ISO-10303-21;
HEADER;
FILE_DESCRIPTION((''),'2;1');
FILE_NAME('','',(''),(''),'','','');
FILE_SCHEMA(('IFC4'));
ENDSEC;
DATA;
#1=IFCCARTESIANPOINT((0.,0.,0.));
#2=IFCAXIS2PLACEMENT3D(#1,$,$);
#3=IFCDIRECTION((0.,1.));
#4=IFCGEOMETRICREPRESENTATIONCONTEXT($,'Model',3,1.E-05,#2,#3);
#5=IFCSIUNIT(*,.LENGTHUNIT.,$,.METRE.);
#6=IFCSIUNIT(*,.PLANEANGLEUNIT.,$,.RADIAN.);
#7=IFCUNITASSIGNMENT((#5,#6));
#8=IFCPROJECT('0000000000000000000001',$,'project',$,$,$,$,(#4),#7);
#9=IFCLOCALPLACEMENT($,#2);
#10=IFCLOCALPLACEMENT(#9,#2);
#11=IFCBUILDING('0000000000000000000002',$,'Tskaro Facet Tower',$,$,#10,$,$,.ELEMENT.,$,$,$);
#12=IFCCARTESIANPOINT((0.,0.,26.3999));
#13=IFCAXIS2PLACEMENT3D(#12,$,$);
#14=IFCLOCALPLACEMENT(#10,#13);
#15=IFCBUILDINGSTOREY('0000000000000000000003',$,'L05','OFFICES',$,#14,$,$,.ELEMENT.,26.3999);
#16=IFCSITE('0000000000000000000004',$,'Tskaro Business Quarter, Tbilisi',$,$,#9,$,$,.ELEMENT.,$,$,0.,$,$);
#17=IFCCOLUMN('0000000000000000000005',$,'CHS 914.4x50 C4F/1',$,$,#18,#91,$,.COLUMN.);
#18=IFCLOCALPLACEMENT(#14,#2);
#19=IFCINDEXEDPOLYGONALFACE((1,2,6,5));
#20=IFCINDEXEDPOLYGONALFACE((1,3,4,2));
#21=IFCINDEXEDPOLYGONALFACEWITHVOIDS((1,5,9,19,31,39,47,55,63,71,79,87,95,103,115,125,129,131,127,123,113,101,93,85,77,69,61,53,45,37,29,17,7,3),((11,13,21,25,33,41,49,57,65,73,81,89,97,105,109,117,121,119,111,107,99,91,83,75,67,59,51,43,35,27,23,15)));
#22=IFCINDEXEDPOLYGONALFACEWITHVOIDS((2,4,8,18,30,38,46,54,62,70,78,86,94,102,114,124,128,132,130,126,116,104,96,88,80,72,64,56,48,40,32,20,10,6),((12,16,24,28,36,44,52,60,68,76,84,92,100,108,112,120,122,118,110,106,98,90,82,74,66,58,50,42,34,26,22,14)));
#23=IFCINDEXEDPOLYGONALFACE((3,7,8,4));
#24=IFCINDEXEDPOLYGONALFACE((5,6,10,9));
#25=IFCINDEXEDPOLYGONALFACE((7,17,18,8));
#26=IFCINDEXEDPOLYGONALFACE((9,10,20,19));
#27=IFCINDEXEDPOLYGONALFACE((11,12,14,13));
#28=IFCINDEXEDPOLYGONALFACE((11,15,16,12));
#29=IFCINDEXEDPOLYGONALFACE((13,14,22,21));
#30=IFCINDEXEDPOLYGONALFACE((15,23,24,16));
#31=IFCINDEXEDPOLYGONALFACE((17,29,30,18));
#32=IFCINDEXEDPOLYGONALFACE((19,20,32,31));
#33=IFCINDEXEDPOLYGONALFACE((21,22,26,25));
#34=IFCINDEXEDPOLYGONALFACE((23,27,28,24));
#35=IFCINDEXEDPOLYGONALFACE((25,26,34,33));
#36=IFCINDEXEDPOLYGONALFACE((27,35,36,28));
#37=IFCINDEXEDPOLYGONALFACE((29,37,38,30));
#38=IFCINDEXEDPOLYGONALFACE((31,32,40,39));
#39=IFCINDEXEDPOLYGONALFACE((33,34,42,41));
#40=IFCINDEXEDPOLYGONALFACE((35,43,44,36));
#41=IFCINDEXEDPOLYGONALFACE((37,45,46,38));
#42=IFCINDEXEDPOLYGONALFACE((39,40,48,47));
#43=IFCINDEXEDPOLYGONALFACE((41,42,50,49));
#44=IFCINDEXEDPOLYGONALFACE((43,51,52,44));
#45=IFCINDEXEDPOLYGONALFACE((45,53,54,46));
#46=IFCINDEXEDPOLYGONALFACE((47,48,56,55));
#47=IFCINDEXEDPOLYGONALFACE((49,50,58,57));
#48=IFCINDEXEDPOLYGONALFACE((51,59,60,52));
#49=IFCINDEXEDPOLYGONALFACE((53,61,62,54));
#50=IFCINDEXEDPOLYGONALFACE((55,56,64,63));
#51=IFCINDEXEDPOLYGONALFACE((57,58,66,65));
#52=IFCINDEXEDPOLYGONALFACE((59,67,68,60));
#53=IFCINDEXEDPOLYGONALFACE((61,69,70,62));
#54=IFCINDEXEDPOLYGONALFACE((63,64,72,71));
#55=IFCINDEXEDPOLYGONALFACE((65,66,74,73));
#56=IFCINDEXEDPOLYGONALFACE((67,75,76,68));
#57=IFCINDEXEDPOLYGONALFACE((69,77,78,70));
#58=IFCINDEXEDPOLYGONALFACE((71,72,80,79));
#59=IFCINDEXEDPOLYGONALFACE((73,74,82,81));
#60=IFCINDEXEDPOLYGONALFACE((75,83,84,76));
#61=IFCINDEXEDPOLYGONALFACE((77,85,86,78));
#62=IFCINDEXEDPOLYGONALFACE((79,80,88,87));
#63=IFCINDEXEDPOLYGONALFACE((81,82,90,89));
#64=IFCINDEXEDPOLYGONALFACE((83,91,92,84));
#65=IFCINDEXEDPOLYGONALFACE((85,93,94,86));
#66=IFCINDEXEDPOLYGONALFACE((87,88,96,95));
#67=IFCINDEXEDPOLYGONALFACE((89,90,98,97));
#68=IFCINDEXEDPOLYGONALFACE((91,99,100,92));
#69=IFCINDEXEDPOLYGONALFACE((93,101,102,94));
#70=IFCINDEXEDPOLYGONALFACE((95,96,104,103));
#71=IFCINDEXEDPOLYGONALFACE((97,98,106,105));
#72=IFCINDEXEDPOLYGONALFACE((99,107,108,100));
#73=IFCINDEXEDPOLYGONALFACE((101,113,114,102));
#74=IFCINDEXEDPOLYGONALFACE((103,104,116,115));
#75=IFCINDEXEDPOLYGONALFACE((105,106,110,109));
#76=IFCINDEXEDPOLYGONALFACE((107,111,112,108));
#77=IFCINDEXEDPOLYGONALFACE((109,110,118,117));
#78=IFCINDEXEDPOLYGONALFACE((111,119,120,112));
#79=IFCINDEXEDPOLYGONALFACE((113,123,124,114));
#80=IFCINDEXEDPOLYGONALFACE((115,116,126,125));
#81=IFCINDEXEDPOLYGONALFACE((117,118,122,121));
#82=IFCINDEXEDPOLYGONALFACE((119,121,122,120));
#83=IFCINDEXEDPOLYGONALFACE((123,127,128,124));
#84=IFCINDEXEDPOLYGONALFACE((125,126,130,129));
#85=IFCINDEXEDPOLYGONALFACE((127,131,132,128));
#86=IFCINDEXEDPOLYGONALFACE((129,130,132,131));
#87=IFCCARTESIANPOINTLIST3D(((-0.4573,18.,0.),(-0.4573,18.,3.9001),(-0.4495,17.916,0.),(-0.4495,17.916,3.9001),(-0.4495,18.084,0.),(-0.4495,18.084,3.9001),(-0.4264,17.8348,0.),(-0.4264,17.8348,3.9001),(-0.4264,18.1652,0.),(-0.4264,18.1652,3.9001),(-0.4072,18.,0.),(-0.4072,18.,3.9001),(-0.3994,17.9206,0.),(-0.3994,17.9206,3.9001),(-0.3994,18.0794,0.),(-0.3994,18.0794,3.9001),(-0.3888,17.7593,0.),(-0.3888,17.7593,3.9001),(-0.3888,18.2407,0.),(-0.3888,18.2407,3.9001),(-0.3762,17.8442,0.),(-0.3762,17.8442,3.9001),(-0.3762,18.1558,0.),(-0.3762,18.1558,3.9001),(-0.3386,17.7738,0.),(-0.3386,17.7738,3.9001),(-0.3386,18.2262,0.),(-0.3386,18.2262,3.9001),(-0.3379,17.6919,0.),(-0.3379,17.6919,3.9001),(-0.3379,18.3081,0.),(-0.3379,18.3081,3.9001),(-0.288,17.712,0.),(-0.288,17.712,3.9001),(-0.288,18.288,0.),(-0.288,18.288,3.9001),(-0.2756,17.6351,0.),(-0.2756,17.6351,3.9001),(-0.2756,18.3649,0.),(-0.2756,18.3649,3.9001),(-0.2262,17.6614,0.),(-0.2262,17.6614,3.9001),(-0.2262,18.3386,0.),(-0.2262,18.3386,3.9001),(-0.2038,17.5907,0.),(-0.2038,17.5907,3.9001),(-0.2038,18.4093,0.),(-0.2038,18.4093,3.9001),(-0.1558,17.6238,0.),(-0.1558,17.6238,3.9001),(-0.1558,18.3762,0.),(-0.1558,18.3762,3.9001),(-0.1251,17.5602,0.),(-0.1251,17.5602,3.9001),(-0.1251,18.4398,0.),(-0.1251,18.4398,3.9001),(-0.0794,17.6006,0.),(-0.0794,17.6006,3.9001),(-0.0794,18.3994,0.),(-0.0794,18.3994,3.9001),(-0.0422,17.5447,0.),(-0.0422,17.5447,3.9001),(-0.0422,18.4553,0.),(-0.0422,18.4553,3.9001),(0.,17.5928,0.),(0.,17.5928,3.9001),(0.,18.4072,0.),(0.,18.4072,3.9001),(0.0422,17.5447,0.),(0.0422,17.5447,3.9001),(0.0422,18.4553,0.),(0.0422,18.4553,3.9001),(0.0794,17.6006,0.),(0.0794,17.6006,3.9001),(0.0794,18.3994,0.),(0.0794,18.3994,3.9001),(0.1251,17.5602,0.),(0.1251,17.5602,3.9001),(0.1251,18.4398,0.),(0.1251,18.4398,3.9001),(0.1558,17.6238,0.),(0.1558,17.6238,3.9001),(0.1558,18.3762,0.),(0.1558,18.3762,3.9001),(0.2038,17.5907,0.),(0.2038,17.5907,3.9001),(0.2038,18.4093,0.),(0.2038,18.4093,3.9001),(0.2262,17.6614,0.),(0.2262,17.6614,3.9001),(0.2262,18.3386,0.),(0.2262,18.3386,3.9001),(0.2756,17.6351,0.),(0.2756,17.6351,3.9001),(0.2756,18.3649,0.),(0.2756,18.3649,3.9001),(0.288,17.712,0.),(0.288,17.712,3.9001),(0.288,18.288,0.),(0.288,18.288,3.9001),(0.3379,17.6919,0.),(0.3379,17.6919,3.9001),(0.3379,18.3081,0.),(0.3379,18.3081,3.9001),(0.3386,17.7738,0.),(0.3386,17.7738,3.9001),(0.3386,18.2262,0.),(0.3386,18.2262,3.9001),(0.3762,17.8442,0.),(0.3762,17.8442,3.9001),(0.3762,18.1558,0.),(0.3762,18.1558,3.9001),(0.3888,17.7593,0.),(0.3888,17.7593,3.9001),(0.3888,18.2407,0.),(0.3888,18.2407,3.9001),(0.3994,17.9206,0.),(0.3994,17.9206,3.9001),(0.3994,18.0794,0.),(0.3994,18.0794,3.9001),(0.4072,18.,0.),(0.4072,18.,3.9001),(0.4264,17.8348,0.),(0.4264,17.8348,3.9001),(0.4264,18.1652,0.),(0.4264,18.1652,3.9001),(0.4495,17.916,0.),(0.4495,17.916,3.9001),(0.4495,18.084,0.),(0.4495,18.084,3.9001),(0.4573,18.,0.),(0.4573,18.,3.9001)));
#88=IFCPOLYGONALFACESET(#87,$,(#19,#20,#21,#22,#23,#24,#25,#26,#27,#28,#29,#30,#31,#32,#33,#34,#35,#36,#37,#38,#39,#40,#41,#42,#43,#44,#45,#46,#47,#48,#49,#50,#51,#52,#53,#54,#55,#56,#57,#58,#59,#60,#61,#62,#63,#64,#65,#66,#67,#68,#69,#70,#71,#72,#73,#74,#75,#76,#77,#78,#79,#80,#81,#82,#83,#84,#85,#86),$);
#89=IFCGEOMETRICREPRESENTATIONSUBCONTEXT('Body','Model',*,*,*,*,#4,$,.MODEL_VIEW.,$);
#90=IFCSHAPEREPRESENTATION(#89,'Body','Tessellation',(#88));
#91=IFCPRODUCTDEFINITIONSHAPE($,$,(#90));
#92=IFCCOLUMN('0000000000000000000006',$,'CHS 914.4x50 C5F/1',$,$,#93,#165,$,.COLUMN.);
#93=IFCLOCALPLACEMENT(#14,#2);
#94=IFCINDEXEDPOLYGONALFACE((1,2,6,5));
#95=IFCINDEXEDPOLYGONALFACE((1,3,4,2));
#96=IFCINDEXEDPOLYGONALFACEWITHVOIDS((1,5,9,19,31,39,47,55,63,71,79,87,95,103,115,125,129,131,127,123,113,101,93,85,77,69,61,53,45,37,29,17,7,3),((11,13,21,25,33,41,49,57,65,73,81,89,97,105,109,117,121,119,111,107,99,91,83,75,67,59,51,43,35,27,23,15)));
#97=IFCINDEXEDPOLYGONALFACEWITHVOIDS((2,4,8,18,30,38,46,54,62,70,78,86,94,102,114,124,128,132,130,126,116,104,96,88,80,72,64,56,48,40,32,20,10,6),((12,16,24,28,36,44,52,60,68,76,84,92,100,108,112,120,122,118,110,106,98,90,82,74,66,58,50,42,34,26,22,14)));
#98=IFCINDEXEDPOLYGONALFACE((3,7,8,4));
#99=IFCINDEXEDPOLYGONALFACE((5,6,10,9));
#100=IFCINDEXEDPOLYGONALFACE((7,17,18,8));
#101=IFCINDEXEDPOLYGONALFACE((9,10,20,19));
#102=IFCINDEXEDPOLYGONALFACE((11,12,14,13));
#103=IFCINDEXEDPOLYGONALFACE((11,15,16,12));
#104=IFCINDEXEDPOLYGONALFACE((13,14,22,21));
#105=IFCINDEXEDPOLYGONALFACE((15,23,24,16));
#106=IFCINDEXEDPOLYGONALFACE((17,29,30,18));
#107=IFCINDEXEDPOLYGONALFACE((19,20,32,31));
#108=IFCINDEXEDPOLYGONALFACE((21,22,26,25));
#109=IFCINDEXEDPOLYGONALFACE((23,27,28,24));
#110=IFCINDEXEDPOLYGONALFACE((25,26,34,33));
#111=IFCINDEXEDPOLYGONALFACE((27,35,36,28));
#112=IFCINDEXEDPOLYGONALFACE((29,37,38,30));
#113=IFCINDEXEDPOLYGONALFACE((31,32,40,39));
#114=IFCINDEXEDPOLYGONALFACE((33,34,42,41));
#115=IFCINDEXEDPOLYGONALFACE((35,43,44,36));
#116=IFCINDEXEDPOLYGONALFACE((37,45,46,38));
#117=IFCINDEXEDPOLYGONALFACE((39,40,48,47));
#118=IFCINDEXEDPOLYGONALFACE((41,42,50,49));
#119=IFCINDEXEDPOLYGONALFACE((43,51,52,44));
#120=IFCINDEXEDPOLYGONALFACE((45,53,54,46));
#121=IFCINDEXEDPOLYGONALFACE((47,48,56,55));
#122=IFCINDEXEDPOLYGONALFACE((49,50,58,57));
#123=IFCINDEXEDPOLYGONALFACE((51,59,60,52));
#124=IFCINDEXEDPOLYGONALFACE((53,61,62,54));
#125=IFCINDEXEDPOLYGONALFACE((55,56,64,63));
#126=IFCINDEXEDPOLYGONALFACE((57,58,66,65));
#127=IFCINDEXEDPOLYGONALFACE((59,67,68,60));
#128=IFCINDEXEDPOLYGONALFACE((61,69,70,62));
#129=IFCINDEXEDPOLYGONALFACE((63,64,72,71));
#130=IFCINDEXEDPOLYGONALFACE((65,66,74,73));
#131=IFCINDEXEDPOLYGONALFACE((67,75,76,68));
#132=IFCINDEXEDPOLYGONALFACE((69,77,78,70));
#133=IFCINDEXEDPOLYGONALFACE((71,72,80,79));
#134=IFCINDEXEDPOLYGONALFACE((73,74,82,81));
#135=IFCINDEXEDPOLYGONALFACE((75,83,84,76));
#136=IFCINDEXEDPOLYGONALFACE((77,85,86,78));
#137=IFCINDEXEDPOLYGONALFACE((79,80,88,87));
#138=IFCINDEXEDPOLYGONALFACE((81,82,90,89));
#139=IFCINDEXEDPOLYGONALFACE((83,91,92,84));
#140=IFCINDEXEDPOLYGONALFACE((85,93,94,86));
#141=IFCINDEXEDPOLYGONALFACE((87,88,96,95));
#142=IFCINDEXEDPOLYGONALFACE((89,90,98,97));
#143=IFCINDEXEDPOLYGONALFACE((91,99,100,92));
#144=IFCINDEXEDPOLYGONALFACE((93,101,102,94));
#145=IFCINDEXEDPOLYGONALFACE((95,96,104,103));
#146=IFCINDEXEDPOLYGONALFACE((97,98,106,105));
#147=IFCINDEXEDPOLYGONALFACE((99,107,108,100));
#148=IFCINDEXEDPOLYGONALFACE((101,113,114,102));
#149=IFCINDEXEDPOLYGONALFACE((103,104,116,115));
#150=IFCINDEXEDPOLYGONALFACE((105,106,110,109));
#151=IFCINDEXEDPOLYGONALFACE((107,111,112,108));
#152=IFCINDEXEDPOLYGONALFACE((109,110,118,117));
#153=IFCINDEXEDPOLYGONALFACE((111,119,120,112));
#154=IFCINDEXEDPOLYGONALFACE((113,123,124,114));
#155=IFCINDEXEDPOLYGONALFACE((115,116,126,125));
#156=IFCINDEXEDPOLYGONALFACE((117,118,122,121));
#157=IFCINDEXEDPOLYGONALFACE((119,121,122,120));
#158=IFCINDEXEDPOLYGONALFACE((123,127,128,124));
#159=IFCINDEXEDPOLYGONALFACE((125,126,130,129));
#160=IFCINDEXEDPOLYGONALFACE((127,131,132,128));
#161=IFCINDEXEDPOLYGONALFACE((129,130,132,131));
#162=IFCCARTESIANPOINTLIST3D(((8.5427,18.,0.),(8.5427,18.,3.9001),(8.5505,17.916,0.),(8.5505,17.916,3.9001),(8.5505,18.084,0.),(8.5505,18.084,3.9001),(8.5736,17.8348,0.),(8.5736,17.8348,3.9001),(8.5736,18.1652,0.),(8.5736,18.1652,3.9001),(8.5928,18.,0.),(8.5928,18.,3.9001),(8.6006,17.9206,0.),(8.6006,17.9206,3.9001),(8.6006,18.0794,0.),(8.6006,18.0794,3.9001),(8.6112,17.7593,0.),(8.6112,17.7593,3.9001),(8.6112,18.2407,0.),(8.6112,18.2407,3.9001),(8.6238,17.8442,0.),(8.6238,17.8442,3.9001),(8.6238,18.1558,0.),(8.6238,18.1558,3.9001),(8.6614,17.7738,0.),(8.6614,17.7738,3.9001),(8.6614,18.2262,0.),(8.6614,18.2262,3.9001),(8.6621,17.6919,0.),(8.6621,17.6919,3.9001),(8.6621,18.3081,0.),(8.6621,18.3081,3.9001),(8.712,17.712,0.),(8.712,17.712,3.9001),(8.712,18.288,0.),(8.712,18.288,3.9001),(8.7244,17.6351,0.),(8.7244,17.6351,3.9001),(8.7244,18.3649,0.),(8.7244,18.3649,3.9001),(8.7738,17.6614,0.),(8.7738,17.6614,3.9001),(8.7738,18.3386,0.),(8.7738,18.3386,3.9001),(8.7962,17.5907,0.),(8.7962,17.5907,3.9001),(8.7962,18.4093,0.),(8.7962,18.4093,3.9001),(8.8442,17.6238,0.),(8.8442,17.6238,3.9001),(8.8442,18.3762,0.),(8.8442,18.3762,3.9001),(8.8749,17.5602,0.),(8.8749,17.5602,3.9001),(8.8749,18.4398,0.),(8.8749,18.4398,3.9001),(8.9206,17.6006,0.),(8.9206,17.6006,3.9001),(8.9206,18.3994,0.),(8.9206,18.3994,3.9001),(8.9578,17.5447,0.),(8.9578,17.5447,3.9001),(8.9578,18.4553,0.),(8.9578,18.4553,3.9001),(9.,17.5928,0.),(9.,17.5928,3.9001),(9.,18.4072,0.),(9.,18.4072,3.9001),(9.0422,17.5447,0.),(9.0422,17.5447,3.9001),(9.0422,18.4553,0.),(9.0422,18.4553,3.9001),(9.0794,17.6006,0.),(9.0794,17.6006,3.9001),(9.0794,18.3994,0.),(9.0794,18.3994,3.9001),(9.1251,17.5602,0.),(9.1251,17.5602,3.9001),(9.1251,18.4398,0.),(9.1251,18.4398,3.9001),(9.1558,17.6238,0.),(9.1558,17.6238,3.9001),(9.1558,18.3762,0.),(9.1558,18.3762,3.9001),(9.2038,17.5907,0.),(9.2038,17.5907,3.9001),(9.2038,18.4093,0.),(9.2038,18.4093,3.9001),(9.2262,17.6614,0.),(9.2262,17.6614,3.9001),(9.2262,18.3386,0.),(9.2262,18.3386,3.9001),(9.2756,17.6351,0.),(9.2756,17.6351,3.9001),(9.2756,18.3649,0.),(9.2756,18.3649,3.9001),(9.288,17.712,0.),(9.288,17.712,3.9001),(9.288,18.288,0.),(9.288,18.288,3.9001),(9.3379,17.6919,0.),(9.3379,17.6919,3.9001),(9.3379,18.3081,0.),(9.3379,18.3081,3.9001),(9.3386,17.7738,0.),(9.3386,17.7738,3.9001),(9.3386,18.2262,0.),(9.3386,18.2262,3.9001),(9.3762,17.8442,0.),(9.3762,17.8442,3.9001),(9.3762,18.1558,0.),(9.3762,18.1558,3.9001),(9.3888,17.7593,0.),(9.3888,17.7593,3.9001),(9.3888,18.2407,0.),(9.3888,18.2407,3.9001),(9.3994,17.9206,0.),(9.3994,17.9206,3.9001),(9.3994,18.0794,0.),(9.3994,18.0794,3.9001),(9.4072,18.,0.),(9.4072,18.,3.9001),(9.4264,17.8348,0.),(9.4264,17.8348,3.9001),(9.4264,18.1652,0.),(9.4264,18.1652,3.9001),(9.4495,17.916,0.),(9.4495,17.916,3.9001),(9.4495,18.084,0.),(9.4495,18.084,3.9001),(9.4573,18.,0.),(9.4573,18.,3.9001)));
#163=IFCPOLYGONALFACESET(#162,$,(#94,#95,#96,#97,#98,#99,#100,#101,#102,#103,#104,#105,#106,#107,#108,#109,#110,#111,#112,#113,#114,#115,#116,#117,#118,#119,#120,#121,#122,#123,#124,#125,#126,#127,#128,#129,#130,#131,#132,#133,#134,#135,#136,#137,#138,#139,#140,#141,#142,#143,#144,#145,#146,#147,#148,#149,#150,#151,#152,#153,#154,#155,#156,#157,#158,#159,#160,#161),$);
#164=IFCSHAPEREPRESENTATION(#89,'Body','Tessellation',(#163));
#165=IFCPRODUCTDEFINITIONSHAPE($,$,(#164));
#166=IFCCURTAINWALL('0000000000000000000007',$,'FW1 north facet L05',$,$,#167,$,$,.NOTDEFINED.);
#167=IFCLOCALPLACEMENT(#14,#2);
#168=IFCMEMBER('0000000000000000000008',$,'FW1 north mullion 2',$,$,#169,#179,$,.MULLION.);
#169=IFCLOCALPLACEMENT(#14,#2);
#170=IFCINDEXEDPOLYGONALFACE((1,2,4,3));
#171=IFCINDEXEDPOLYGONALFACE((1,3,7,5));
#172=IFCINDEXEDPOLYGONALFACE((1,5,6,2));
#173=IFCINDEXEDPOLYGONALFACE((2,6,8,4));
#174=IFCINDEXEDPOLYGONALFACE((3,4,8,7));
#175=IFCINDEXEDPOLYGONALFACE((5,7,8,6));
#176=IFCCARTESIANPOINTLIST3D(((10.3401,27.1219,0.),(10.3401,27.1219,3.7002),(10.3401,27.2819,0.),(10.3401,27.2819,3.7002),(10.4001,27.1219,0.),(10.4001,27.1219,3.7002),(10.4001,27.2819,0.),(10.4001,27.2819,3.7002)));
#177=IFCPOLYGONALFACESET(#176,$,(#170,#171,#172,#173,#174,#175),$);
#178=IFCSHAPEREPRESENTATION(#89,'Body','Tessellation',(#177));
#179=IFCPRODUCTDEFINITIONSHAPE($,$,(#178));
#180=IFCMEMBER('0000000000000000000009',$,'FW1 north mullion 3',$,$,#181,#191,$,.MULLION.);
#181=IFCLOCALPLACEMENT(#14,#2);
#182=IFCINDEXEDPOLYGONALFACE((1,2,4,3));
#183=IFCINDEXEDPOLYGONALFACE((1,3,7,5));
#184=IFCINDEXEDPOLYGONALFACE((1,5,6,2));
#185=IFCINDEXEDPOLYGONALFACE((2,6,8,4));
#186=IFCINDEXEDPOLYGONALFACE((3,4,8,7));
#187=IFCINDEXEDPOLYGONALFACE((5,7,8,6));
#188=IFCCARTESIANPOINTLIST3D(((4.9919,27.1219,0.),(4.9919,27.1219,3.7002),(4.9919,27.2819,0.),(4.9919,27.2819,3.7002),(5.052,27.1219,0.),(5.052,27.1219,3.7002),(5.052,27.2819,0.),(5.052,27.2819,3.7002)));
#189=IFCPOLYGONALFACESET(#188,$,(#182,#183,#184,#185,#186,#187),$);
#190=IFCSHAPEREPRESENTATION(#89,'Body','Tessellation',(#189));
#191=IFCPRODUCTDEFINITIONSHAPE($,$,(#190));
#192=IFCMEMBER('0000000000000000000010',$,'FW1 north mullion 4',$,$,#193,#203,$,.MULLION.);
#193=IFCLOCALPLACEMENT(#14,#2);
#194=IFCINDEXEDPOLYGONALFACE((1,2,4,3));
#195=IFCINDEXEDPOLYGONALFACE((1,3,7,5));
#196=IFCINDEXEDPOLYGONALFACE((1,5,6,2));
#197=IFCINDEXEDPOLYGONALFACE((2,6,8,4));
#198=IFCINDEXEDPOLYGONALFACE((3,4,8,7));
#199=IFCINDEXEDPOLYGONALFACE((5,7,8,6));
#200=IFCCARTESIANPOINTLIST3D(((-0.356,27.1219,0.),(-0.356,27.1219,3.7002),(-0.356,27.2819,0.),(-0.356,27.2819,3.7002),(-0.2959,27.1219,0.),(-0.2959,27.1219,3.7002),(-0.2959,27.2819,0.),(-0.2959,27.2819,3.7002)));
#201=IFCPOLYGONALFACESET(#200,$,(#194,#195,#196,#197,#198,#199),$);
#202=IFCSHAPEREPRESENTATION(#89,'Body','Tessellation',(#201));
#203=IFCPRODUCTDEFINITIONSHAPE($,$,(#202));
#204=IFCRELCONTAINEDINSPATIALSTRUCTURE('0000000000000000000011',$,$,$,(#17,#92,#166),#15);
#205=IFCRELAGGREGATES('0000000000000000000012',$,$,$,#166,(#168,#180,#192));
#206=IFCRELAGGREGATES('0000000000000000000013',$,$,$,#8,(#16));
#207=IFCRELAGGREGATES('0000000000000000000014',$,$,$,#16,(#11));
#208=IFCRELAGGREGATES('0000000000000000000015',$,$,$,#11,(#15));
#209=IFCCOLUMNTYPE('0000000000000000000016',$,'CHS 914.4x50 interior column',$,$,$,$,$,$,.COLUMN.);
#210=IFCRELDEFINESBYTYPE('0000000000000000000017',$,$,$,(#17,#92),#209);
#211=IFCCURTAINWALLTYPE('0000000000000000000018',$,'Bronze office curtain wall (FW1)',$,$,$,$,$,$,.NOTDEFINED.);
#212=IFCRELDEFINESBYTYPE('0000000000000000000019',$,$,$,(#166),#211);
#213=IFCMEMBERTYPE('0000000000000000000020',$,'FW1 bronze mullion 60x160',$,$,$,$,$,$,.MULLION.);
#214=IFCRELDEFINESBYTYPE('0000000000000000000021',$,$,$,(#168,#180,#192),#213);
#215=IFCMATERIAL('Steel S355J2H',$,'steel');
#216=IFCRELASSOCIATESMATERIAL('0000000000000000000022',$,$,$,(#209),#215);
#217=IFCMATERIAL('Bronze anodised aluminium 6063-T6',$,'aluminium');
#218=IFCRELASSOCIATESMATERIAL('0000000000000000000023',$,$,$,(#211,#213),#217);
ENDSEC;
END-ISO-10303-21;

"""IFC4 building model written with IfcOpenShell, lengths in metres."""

from ifc_helpers import new_model, si_unit, direction, frame, origin, origin_2d, place, context, subcontext, project, spatial, rectangle, hollow_circle, extrude, material, material_profile, profile_set, type_object, element, aggregate, save


model = new_model("IFC4")

# Units and contexts
model_context = context("Model", 3, precision=1e-05, world=origin(), true_north=direction((0.0, 1.0)))
body_context = subcontext(model_context, "Body", "Model", "MODEL_VIEW")
ifc_project = project(units=[si_unit("LENGTHUNIT", "METRE"), si_unit("PLANEANGLEUNIT", "RADIAN")], contexts=[model_context])

# Site, building, storey
site_placement = place(None, origin())
site = spatial("IfcSite", under=ifc_project, at=site_placement, Name="Tskaro Business Quarter, Tbilisi", CompositionType="ELEMENT", RefElevation=0.0)
building_placement = place(site_placement, origin())
building = spatial("IfcBuilding", under=site, at=building_placement, Name="Tskaro Facet Tower", CompositionType="ELEMENT")
storey_placement = place(building_placement, frame((0.0, 0.0, 26.3999)))
storey = spatial("IfcBuildingStorey", under=building, at=storey_placement, Name="L05", Description="OFFICES", CompositionType="ELEMENT", Elevation=26.3999)

# Columns
ifc_material_1 = material(Name="Steel S355J2H", Category="steel")
ifc_material_profile_1 = material_profile(ifc_material_1, hollow_circle(Radius=0.4573, WallThickness=0.05, at=origin_2d()), Name="CHS 914.4x50")
ifc_profile_set_1 = profile_set([ifc_material_profile_1], Name="Steel S355J2H")
column_type_1 = type_object("IfcColumnType", Name="CHS 914.4x50 interior column", PredefinedType="COLUMN", material=ifc_profile_set_1)
for number, where, z_axis, x_axis, name in (
    (1, (0.0, 18.0, 0.0), (0.0, 0.0, 1.0), (1.0, 0.0, 0.0), "CHS 914.4x50 C4F/1"),
    (2, (9.0, 18.0, 0.0), (0.0, 0.0, 1.0), (1.0, 0.0, 0.0), "CHS 914.4x50 C5F/1"),
):
    element("IfcColumn", number, at=place(storey_placement, frame(where, z_axis=z_axis, x_axis=x_axis)), inside=storey, type_object=column_type_1, Name=name, PredefinedType="COLUMN", context=body_context, shape_type="SweptSolid", body=[
        extrude(hollow_circle(Radius=0.4573, WallThickness=0.05, at=origin_2d()), origin(), (0.0, 0.0, 1.0), 3.9001),
    ])

# Curtain wall, members
ifc_material_2 = material(Name="Bronze anodised aluminium 6063-T6", Category="aluminium")
curtain_wall_type = type_object("IfcCurtainWallType", Name="Bronze office curtain wall (FW1)", PredefinedType="NOTDEFINED", material=ifc_material_2)
curtain_wall_placement = place(storey_placement, origin())
curtain_wall = element("IfcCurtainWall", 3, at=curtain_wall_placement, inside=storey, type_object=curtain_wall_type, Name="FW1 north facet L05", PredefinedType="NOTDEFINED")
ifc_material_profile_2 = material_profile(ifc_material_2, rectangle(XDim=0.0601, YDim=0.1599, at=origin_2d()), Name="Mullion 60x160")
ifc_profile_set_2 = profile_set([ifc_material_profile_2], Name="Bronze anodised aluminium 6063-T6")
member_type_1 = type_object("IfcMemberType", Name="FW1 bronze mullion 60x160", PredefinedType="MULLION", material=ifc_profile_set_2)
member_1_placement = place(storey_placement, frame((10.3701, 27.2019, 0.0), z_axis=(0.0, 0.0, 1.0), x_axis=(-1.0, 0.0, 0.0)))
member_1 = element("IfcMember", 4, at=member_1_placement, type_object=member_type_1, Name="FW1 north mullion 2", PredefinedType="MULLION", context=body_context, shape_type="SweptSolid", body=[
    extrude(rectangle(XDim=0.0601, YDim=0.1599, at=origin_2d()), origin(), (0.0, 0.0, 1.0), 3.7002),
])
member_2_placement = place(storey_placement, frame((5.022, 27.2019, 0.0), z_axis=(0.0, 0.0, 1.0), x_axis=(-1.0, 0.0, 0.0)))
member_2 = element("IfcMember", 5, at=member_2_placement, type_object=member_type_1, Name="FW1 north mullion 3", PredefinedType="MULLION", context=body_context, shape_type="SweptSolid", body=[
    extrude(rectangle(XDim=0.0601, YDim=0.1599, at=origin_2d()), origin(), (0.0, 0.0, 1.0), 3.7002),
])
member_3_placement = place(storey_placement, frame((-0.3259, 27.2019, 0.0), z_axis=(0.0, 0.0, 1.0), x_axis=(-1.0, 0.0, 0.0)))
member_3 = element("IfcMember", 6, at=member_3_placement, type_object=member_type_1, Name="FW1 north mullion 4", PredefinedType="MULLION", context=body_context, shape_type="SweptSolid", body=[
    extrude(rectangle(XDim=0.0601, YDim=0.1599, at=origin_2d()), origin(), (0.0, 0.0, 1.0), 3.7002),
])

aggregate(curtain_wall, [member_1, member_2, member_3])

save(model, "model.ifc")
